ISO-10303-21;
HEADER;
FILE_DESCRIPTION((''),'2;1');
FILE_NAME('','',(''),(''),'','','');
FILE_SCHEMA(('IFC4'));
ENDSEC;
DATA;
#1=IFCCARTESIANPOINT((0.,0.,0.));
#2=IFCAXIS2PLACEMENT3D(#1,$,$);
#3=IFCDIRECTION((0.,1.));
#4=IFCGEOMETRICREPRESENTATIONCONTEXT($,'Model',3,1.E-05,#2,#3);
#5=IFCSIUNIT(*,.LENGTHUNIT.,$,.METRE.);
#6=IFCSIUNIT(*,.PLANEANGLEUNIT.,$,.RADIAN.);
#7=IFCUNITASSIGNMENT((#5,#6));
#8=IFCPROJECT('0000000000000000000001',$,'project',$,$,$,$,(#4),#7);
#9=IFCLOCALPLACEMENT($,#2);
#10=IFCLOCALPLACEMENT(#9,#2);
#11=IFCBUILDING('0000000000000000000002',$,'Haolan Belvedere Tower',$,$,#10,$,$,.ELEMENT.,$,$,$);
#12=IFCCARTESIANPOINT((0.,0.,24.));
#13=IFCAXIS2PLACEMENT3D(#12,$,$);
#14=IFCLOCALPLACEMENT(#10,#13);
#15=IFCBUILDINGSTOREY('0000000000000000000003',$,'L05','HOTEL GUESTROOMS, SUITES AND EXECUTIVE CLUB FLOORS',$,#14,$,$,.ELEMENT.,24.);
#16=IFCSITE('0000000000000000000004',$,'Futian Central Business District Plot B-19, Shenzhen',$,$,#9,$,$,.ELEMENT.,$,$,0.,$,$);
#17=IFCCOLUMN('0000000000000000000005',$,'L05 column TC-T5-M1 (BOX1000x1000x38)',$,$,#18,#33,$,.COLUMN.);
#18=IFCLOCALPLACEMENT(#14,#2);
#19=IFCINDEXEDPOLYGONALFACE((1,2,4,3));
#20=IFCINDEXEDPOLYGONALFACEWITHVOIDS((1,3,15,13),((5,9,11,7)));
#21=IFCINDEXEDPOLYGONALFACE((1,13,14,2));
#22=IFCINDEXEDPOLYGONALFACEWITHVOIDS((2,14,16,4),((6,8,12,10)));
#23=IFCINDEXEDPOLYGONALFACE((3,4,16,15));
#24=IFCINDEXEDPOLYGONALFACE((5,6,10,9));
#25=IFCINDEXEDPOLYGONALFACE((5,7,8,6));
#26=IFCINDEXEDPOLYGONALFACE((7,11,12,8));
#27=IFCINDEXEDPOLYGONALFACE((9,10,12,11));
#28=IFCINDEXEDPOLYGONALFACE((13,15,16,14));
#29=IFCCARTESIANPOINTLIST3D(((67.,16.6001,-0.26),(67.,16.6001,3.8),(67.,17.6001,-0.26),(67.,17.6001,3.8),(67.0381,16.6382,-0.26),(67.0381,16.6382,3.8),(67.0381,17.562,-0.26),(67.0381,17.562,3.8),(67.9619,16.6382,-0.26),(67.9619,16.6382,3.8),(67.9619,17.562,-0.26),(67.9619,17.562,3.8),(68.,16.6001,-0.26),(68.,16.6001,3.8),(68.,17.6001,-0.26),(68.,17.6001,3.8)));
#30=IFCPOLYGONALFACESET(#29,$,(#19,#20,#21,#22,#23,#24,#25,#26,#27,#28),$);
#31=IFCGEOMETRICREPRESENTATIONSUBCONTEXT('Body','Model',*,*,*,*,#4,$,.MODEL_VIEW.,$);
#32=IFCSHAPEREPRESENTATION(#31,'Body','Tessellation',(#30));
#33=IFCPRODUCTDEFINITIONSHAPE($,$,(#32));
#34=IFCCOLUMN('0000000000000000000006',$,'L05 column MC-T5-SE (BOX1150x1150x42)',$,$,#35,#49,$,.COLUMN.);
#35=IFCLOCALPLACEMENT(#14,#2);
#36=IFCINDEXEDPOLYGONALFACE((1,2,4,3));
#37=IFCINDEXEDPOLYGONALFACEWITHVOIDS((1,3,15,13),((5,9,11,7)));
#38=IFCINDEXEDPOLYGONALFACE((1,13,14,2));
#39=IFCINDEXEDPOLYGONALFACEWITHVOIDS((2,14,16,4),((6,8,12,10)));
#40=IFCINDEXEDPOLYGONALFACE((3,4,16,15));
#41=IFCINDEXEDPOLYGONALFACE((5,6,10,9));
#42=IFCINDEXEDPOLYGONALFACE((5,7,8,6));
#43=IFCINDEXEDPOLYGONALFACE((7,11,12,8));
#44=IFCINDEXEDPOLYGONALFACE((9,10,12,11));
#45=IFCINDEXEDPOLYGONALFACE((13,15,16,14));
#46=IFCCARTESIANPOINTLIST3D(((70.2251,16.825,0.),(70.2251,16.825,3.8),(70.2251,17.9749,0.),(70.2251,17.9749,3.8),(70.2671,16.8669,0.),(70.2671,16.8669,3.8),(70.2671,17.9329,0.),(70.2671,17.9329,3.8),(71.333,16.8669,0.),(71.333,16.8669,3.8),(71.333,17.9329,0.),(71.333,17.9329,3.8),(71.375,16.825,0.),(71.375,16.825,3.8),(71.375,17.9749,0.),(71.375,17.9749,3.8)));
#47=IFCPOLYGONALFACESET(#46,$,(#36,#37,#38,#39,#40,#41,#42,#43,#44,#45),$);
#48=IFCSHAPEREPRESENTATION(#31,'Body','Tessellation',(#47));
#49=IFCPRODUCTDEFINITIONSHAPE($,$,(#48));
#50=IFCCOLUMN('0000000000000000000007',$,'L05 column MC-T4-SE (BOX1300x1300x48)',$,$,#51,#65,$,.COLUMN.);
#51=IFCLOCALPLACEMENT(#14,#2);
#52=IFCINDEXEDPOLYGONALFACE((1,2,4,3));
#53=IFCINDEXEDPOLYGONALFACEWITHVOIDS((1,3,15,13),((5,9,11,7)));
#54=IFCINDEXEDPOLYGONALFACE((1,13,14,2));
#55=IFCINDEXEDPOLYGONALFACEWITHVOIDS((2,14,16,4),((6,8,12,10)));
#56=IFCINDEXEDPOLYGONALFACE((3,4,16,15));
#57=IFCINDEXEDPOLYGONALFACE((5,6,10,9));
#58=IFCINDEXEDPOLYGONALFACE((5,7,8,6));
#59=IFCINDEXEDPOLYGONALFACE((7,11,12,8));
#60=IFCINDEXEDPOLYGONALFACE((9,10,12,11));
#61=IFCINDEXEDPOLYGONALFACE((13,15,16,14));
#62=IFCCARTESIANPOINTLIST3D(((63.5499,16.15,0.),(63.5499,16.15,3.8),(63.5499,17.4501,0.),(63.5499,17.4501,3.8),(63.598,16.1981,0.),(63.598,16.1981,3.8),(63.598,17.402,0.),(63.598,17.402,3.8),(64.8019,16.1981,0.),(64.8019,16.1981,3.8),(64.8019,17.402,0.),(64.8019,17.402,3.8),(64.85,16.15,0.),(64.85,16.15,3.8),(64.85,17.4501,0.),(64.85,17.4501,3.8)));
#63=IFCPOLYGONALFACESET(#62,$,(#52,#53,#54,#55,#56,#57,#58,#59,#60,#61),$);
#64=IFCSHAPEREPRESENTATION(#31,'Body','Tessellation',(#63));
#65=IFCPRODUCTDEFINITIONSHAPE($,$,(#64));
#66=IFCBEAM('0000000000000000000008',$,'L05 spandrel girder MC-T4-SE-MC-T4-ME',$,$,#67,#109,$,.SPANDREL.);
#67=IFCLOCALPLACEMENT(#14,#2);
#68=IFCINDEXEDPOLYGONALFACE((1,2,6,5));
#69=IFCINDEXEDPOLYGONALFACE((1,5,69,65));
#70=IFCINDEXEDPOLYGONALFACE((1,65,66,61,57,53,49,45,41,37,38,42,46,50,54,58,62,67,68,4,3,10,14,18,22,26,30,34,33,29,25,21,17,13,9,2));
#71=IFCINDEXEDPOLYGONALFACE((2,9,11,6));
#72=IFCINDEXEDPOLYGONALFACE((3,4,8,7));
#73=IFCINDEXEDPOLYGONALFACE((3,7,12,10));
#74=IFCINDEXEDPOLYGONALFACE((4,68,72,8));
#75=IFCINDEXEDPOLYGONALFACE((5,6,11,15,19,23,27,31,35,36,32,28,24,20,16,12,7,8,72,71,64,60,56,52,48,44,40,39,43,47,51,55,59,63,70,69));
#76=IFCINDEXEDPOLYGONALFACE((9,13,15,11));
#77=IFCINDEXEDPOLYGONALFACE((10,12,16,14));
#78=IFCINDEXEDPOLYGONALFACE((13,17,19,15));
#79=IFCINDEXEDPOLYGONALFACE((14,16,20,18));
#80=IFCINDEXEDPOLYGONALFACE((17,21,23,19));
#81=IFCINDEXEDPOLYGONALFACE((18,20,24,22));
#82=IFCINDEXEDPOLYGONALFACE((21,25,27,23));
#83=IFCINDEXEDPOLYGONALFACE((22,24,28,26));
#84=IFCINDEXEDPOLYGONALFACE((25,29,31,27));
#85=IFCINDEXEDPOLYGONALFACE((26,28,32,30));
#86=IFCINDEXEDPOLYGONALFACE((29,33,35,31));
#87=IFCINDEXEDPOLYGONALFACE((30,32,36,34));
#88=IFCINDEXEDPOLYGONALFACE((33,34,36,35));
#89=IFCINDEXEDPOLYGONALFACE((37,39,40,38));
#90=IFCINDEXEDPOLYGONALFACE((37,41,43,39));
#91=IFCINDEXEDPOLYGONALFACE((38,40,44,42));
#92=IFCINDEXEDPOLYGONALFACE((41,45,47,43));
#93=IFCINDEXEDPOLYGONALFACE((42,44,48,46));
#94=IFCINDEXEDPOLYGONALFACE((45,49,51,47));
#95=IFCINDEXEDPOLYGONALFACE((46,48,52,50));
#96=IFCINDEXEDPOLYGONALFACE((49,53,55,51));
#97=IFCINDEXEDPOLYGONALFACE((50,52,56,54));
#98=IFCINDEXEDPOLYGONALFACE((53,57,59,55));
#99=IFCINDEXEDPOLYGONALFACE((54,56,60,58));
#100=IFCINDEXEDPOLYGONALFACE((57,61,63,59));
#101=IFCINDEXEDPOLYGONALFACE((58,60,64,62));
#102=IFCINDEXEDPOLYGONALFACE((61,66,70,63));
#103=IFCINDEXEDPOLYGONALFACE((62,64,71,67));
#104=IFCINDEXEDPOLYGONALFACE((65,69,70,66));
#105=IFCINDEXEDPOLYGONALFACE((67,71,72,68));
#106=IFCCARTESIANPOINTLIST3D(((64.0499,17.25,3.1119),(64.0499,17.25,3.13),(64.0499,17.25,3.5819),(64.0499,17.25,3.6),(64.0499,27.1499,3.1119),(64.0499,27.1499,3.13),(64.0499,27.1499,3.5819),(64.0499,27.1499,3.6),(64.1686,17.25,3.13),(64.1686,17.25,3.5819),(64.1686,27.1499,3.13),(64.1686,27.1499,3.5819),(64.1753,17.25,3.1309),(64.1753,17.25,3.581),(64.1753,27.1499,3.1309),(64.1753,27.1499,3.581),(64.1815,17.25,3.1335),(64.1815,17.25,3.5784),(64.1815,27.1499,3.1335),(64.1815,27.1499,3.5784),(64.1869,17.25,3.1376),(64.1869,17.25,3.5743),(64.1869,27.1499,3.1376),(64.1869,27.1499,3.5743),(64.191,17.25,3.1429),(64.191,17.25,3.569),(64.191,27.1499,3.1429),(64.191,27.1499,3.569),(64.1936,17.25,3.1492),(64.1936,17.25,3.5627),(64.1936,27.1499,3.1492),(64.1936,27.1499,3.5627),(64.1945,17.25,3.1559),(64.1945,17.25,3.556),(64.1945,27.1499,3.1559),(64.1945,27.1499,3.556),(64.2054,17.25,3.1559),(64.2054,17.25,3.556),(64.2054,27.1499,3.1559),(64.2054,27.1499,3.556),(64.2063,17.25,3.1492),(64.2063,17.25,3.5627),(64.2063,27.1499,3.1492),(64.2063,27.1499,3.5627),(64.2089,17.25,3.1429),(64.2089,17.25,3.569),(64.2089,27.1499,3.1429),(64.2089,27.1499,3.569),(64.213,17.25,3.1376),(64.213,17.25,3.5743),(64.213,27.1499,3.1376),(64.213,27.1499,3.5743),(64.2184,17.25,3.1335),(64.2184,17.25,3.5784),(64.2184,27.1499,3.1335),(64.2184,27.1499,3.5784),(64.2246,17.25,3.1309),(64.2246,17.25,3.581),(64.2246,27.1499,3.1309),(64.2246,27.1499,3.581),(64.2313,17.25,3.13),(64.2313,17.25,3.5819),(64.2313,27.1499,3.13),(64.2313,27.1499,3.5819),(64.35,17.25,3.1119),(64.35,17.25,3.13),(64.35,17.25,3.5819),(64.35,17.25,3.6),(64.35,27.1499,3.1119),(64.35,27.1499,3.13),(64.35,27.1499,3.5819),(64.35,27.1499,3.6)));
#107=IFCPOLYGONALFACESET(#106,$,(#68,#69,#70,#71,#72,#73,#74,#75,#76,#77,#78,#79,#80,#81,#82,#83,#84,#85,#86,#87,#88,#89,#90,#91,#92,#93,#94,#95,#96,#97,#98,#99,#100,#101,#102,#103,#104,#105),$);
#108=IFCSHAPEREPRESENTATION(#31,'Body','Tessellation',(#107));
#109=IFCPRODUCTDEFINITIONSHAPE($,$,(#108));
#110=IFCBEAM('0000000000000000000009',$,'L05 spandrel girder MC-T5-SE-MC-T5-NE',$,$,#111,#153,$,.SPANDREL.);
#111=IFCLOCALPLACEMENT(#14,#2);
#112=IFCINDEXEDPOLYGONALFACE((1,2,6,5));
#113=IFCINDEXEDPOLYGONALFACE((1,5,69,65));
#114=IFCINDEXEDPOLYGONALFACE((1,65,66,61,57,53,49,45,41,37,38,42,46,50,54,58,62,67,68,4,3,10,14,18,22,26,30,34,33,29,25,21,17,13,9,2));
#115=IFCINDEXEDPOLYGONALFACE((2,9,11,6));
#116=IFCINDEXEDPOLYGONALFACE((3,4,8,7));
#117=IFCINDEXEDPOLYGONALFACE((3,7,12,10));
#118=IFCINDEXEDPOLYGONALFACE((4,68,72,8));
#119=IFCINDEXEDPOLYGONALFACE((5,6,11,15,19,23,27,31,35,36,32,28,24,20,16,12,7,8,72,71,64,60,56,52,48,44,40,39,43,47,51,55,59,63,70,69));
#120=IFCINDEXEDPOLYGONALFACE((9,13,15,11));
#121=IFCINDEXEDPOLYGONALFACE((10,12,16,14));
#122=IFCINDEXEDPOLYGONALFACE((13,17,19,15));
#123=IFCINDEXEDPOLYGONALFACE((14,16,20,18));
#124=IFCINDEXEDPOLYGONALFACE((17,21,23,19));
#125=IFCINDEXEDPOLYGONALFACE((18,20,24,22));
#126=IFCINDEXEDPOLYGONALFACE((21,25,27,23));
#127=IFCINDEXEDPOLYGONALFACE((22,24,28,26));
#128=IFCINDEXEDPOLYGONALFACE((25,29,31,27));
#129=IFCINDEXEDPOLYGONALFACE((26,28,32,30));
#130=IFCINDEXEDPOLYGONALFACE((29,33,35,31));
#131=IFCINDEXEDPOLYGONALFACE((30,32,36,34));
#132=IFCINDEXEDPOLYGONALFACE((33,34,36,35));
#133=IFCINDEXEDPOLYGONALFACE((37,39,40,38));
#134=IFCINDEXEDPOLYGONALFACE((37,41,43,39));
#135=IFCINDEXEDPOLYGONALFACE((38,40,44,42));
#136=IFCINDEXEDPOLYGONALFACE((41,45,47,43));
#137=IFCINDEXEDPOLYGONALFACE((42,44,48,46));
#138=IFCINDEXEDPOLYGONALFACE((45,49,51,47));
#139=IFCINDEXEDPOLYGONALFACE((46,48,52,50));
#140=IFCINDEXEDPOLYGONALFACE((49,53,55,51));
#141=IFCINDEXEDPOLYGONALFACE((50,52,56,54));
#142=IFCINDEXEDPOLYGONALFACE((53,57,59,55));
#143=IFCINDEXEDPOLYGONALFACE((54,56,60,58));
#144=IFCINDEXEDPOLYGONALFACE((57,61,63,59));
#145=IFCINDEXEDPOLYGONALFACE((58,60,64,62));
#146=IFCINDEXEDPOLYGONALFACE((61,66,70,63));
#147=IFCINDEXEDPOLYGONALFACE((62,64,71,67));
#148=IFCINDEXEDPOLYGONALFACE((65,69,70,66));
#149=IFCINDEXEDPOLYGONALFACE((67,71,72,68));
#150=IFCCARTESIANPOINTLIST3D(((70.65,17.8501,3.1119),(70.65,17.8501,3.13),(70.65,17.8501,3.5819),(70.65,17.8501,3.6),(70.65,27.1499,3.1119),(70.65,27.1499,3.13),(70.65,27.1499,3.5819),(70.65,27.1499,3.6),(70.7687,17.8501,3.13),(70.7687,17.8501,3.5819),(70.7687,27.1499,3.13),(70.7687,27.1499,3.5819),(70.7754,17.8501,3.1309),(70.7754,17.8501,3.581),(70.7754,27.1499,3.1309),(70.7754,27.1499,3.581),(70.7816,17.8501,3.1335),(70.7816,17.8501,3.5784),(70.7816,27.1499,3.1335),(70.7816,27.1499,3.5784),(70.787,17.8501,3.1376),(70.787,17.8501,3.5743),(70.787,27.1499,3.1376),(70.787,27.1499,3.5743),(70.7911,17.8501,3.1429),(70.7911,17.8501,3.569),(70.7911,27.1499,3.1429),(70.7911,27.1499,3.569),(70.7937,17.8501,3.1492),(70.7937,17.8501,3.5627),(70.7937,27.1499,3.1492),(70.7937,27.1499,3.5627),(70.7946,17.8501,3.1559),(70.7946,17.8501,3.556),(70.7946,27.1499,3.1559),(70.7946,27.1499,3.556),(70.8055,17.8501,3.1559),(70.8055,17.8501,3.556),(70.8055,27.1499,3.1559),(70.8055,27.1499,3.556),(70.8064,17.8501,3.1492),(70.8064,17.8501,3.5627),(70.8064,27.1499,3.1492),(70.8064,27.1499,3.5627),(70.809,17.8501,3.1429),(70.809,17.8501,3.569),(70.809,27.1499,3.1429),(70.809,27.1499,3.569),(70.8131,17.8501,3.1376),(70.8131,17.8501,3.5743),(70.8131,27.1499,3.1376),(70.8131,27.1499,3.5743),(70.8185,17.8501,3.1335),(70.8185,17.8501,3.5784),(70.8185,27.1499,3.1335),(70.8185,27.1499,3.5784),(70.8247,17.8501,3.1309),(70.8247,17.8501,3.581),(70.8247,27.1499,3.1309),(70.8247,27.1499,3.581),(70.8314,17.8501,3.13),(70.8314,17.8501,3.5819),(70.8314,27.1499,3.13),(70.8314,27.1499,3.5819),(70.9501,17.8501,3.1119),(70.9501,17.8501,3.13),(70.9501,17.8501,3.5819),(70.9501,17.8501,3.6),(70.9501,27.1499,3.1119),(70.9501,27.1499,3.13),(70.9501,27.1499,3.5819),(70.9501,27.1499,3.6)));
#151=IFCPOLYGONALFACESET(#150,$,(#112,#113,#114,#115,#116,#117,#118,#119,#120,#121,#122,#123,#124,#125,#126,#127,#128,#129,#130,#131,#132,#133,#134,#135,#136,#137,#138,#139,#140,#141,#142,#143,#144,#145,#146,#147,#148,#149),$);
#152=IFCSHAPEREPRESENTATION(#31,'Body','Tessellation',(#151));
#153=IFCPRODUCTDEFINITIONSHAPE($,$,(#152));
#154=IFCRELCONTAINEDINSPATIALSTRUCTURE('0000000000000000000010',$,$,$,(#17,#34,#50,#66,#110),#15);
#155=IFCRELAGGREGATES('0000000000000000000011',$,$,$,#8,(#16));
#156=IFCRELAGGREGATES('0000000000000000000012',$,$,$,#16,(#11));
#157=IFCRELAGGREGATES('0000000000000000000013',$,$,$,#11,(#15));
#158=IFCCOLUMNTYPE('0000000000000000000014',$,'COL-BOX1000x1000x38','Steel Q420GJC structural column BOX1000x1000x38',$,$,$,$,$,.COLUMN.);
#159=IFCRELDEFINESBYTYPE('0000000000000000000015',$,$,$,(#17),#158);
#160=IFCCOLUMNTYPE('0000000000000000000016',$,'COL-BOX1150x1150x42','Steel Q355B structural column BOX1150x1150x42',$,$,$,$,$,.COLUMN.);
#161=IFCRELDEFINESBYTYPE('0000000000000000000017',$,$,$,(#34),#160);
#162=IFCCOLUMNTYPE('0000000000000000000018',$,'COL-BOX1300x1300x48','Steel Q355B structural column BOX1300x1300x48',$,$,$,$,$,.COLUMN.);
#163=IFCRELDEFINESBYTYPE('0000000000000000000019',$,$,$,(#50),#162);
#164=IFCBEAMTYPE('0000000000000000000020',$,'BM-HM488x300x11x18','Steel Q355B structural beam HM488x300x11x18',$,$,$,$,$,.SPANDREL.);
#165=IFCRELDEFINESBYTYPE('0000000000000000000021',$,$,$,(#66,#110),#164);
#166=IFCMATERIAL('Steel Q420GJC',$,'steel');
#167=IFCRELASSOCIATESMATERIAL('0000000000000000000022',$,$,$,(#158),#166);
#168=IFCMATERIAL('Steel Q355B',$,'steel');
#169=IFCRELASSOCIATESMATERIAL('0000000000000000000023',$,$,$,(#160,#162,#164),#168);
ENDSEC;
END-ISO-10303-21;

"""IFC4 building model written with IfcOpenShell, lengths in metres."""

from ifc_helpers import new_model, si_unit, direction, frame, origin, origin_2d, place, context, subcontext, project, spatial, hollow_rectangle, i_section, extrude, material, material_profile, profile_set, type_object, element, save


model = new_model("IFC4")

# Units and contexts
model_context = context("Model", 3, precision=1e-05, world=origin(), true_north=direction((0.0, 1.0)))
body_context = subcontext(model_context, "Body", "Model", "MODEL_VIEW")
ifc_project = project(units=[si_unit("LENGTHUNIT", "METRE"), si_unit("PLANEANGLEUNIT", "RADIAN")], contexts=[model_context])

# Site, building, storey
site_placement = place(None, origin())
site = spatial("IfcSite", under=ifc_project, at=site_placement, Name="Futian Central Business District Plot B-19, Shenzhen", CompositionType="ELEMENT", RefElevation=0.0)
building_placement = place(site_placement, origin())
building = spatial("IfcBuilding", under=site, at=building_placement, Name="Haolan Belvedere Tower", CompositionType="ELEMENT")
storey_placement = place(building_placement, frame((0.0, 0.0, 24.0)))
storey = spatial("IfcBuildingStorey", under=building, at=storey_placement, Name="L05", Description="HOTEL GUESTROOMS, SUITES AND EXECUTIVE CLUB FLOORS", CompositionType="ELEMENT", Elevation=24.0)

# Columns
ifc_material_1 = material(Name="Steel Q420GJC", Category="steel")
ifc_material_profile_1 = material_profile(ifc_material_1, hollow_rectangle(XDim=1.0, YDim=1.0, WallThickness=0.0381, at=origin_2d()), Name="Steel Q420GJC")
ifc_profile_set_1 = profile_set([ifc_material_profile_1], Name="Steel Q420GJC")
column_type_1 = type_object("IfcColumnType", Name="COL-BOX1000x1000x38", Description="Steel Q420GJC structural column BOX1000x1000x38", PredefinedType="COLUMN", material=ifc_profile_set_1)
column_1_placement = place(storey_placement, frame((67.5, 17.1001, -0.26), z_axis=(0.0, 0.0, 1.0), x_axis=(1.0, 0.0, 0.0)))
element("IfcColumn", 1, at=column_1_placement, inside=storey, type_object=column_type_1, Name="L05 column TC-T5-M1 (BOX1000x1000x38)", PredefinedType="COLUMN", context=body_context, shape_type="SweptSolid", body=[
    extrude(hollow_rectangle(XDim=1.0, YDim=1.0, WallThickness=0.0381, at=origin_2d()), origin(), (0.0, 0.0, 1.0), 4.0601),
])
ifc_material_2 = material(Name="Steel Q355B", Category="steel")
ifc_material_profile_2 = material_profile(ifc_material_2, hollow_rectangle(XDim=1.1499, YDim=1.1499, WallThickness=0.042, at=origin_2d()), Name="Steel Q355B")
ifc_profile_set_2 = profile_set([ifc_material_profile_2], Name="Steel Q355B")
column_type_2 = type_object("IfcColumnType", Name="COL-BOX1150x1150x42", Description="Steel Q355B structural column BOX1150x1150x42", PredefinedType="COLUMN", material=ifc_profile_set_2)
column_2_placement = place(storey_placement, frame((70.8, 17.3999, 0.0), z_axis=(0.0, 0.0, 1.0), x_axis=(1.0, 0.0, 0.0)))
element("IfcColumn", 2, at=column_2_placement, inside=storey, type_object=column_type_2, Name="L05 column MC-T5-SE (BOX1150x1150x42)", PredefinedType="COLUMN", context=body_context, shape_type="SweptSolid", body=[
    extrude(hollow_rectangle(XDim=1.1499, YDim=1.1499, WallThickness=0.042, at=origin_2d()), origin(), (0.0, 0.0, 1.0), 3.8),
])
ifc_material_profile_3 = material_profile(ifc_material_2, hollow_rectangle(XDim=1.3, YDim=1.3, WallThickness=0.0481, at=origin_2d()), Name="Steel Q355B")
ifc_profile_set_3 = profile_set([ifc_material_profile_3], Name="Steel Q355B")
column_type_3 = type_object("IfcColumnType", Name="COL-BOX1300x1300x48", Description="Steel Q355B structural column BOX1300x1300x48", PredefinedType="COLUMN", material=ifc_profile_set_3)
column_3_placement = place(storey_placement, frame((64.2, 16.8, 0.0), z_axis=(0.0, 0.0, 1.0), x_axis=(1.0, 0.0, 0.0)))
element("IfcColumn", 3, at=column_3_placement, inside=storey, type_object=column_type_3, Name="L05 column MC-T4-SE (BOX1300x1300x48)", PredefinedType="COLUMN", context=body_context, shape_type="SweptSolid", body=[
    extrude(hollow_rectangle(XDim=1.3, YDim=1.3, WallThickness=0.0481, at=origin_2d()), origin(), (0.0, 0.0, 1.0), 3.8),
])

# Beams
ifc_material_profile_4 = material_profile(ifc_material_2, i_section(OverallWidth=0.3, OverallDepth=0.488, WebThickness=0.011, FlangeThickness=0.0181, FilletRadius=0.0259, at=origin_2d()), Name="Steel Q355B")
ifc_profile_set_4 = profile_set([ifc_material_profile_4], Name="Steel Q355B")
beam_type = type_object("IfcBeamType", Name="BM-HM488x300x11x18", Description="Steel Q355B structural beam HM488x300x11x18", PredefinedType="SPANDREL", material=ifc_profile_set_4)
beam_1_placement = place(storey_placement, frame((64.2, 17.25, 3.356), z_axis=(0.0, 1.0, 0.0), x_axis=(-1.0, 0.0, 0.0)))
element("IfcBeam", 4, at=beam_1_placement, inside=storey, type_object=beam_type, Name="L05 spandrel girder MC-T4-SE-MC-T4-ME", PredefinedType="SPANDREL", context=body_context, shape_type="SweptSolid", body=[
    extrude(i_section(OverallWidth=0.3, OverallDepth=0.488, WebThickness=0.011, FlangeThickness=0.0181, FilletRadius=0.0259, at=origin_2d()), origin(), (0.0, 0.0, 1.0), 9.8999),
])
beam_2_placement = place(storey_placement, frame((70.8, 17.8501, 3.356), z_axis=(0.0, 1.0, 0.0), x_axis=(-1.0, 0.0, 0.0)))
element("IfcBeam", 5, at=beam_2_placement, inside=storey, type_object=beam_type, Name="L05 spandrel girder MC-T5-SE-MC-T5-NE", PredefinedType="SPANDREL", context=body_context, shape_type="SweptSolid", body=[
    extrude(i_section(OverallWidth=0.3, OverallDepth=0.488, WebThickness=0.011, FlangeThickness=0.0181, FilletRadius=0.0259, at=origin_2d()), origin(), (0.0, 0.0, 1.0), 9.2998),
])

save(model, "model.ifc")
